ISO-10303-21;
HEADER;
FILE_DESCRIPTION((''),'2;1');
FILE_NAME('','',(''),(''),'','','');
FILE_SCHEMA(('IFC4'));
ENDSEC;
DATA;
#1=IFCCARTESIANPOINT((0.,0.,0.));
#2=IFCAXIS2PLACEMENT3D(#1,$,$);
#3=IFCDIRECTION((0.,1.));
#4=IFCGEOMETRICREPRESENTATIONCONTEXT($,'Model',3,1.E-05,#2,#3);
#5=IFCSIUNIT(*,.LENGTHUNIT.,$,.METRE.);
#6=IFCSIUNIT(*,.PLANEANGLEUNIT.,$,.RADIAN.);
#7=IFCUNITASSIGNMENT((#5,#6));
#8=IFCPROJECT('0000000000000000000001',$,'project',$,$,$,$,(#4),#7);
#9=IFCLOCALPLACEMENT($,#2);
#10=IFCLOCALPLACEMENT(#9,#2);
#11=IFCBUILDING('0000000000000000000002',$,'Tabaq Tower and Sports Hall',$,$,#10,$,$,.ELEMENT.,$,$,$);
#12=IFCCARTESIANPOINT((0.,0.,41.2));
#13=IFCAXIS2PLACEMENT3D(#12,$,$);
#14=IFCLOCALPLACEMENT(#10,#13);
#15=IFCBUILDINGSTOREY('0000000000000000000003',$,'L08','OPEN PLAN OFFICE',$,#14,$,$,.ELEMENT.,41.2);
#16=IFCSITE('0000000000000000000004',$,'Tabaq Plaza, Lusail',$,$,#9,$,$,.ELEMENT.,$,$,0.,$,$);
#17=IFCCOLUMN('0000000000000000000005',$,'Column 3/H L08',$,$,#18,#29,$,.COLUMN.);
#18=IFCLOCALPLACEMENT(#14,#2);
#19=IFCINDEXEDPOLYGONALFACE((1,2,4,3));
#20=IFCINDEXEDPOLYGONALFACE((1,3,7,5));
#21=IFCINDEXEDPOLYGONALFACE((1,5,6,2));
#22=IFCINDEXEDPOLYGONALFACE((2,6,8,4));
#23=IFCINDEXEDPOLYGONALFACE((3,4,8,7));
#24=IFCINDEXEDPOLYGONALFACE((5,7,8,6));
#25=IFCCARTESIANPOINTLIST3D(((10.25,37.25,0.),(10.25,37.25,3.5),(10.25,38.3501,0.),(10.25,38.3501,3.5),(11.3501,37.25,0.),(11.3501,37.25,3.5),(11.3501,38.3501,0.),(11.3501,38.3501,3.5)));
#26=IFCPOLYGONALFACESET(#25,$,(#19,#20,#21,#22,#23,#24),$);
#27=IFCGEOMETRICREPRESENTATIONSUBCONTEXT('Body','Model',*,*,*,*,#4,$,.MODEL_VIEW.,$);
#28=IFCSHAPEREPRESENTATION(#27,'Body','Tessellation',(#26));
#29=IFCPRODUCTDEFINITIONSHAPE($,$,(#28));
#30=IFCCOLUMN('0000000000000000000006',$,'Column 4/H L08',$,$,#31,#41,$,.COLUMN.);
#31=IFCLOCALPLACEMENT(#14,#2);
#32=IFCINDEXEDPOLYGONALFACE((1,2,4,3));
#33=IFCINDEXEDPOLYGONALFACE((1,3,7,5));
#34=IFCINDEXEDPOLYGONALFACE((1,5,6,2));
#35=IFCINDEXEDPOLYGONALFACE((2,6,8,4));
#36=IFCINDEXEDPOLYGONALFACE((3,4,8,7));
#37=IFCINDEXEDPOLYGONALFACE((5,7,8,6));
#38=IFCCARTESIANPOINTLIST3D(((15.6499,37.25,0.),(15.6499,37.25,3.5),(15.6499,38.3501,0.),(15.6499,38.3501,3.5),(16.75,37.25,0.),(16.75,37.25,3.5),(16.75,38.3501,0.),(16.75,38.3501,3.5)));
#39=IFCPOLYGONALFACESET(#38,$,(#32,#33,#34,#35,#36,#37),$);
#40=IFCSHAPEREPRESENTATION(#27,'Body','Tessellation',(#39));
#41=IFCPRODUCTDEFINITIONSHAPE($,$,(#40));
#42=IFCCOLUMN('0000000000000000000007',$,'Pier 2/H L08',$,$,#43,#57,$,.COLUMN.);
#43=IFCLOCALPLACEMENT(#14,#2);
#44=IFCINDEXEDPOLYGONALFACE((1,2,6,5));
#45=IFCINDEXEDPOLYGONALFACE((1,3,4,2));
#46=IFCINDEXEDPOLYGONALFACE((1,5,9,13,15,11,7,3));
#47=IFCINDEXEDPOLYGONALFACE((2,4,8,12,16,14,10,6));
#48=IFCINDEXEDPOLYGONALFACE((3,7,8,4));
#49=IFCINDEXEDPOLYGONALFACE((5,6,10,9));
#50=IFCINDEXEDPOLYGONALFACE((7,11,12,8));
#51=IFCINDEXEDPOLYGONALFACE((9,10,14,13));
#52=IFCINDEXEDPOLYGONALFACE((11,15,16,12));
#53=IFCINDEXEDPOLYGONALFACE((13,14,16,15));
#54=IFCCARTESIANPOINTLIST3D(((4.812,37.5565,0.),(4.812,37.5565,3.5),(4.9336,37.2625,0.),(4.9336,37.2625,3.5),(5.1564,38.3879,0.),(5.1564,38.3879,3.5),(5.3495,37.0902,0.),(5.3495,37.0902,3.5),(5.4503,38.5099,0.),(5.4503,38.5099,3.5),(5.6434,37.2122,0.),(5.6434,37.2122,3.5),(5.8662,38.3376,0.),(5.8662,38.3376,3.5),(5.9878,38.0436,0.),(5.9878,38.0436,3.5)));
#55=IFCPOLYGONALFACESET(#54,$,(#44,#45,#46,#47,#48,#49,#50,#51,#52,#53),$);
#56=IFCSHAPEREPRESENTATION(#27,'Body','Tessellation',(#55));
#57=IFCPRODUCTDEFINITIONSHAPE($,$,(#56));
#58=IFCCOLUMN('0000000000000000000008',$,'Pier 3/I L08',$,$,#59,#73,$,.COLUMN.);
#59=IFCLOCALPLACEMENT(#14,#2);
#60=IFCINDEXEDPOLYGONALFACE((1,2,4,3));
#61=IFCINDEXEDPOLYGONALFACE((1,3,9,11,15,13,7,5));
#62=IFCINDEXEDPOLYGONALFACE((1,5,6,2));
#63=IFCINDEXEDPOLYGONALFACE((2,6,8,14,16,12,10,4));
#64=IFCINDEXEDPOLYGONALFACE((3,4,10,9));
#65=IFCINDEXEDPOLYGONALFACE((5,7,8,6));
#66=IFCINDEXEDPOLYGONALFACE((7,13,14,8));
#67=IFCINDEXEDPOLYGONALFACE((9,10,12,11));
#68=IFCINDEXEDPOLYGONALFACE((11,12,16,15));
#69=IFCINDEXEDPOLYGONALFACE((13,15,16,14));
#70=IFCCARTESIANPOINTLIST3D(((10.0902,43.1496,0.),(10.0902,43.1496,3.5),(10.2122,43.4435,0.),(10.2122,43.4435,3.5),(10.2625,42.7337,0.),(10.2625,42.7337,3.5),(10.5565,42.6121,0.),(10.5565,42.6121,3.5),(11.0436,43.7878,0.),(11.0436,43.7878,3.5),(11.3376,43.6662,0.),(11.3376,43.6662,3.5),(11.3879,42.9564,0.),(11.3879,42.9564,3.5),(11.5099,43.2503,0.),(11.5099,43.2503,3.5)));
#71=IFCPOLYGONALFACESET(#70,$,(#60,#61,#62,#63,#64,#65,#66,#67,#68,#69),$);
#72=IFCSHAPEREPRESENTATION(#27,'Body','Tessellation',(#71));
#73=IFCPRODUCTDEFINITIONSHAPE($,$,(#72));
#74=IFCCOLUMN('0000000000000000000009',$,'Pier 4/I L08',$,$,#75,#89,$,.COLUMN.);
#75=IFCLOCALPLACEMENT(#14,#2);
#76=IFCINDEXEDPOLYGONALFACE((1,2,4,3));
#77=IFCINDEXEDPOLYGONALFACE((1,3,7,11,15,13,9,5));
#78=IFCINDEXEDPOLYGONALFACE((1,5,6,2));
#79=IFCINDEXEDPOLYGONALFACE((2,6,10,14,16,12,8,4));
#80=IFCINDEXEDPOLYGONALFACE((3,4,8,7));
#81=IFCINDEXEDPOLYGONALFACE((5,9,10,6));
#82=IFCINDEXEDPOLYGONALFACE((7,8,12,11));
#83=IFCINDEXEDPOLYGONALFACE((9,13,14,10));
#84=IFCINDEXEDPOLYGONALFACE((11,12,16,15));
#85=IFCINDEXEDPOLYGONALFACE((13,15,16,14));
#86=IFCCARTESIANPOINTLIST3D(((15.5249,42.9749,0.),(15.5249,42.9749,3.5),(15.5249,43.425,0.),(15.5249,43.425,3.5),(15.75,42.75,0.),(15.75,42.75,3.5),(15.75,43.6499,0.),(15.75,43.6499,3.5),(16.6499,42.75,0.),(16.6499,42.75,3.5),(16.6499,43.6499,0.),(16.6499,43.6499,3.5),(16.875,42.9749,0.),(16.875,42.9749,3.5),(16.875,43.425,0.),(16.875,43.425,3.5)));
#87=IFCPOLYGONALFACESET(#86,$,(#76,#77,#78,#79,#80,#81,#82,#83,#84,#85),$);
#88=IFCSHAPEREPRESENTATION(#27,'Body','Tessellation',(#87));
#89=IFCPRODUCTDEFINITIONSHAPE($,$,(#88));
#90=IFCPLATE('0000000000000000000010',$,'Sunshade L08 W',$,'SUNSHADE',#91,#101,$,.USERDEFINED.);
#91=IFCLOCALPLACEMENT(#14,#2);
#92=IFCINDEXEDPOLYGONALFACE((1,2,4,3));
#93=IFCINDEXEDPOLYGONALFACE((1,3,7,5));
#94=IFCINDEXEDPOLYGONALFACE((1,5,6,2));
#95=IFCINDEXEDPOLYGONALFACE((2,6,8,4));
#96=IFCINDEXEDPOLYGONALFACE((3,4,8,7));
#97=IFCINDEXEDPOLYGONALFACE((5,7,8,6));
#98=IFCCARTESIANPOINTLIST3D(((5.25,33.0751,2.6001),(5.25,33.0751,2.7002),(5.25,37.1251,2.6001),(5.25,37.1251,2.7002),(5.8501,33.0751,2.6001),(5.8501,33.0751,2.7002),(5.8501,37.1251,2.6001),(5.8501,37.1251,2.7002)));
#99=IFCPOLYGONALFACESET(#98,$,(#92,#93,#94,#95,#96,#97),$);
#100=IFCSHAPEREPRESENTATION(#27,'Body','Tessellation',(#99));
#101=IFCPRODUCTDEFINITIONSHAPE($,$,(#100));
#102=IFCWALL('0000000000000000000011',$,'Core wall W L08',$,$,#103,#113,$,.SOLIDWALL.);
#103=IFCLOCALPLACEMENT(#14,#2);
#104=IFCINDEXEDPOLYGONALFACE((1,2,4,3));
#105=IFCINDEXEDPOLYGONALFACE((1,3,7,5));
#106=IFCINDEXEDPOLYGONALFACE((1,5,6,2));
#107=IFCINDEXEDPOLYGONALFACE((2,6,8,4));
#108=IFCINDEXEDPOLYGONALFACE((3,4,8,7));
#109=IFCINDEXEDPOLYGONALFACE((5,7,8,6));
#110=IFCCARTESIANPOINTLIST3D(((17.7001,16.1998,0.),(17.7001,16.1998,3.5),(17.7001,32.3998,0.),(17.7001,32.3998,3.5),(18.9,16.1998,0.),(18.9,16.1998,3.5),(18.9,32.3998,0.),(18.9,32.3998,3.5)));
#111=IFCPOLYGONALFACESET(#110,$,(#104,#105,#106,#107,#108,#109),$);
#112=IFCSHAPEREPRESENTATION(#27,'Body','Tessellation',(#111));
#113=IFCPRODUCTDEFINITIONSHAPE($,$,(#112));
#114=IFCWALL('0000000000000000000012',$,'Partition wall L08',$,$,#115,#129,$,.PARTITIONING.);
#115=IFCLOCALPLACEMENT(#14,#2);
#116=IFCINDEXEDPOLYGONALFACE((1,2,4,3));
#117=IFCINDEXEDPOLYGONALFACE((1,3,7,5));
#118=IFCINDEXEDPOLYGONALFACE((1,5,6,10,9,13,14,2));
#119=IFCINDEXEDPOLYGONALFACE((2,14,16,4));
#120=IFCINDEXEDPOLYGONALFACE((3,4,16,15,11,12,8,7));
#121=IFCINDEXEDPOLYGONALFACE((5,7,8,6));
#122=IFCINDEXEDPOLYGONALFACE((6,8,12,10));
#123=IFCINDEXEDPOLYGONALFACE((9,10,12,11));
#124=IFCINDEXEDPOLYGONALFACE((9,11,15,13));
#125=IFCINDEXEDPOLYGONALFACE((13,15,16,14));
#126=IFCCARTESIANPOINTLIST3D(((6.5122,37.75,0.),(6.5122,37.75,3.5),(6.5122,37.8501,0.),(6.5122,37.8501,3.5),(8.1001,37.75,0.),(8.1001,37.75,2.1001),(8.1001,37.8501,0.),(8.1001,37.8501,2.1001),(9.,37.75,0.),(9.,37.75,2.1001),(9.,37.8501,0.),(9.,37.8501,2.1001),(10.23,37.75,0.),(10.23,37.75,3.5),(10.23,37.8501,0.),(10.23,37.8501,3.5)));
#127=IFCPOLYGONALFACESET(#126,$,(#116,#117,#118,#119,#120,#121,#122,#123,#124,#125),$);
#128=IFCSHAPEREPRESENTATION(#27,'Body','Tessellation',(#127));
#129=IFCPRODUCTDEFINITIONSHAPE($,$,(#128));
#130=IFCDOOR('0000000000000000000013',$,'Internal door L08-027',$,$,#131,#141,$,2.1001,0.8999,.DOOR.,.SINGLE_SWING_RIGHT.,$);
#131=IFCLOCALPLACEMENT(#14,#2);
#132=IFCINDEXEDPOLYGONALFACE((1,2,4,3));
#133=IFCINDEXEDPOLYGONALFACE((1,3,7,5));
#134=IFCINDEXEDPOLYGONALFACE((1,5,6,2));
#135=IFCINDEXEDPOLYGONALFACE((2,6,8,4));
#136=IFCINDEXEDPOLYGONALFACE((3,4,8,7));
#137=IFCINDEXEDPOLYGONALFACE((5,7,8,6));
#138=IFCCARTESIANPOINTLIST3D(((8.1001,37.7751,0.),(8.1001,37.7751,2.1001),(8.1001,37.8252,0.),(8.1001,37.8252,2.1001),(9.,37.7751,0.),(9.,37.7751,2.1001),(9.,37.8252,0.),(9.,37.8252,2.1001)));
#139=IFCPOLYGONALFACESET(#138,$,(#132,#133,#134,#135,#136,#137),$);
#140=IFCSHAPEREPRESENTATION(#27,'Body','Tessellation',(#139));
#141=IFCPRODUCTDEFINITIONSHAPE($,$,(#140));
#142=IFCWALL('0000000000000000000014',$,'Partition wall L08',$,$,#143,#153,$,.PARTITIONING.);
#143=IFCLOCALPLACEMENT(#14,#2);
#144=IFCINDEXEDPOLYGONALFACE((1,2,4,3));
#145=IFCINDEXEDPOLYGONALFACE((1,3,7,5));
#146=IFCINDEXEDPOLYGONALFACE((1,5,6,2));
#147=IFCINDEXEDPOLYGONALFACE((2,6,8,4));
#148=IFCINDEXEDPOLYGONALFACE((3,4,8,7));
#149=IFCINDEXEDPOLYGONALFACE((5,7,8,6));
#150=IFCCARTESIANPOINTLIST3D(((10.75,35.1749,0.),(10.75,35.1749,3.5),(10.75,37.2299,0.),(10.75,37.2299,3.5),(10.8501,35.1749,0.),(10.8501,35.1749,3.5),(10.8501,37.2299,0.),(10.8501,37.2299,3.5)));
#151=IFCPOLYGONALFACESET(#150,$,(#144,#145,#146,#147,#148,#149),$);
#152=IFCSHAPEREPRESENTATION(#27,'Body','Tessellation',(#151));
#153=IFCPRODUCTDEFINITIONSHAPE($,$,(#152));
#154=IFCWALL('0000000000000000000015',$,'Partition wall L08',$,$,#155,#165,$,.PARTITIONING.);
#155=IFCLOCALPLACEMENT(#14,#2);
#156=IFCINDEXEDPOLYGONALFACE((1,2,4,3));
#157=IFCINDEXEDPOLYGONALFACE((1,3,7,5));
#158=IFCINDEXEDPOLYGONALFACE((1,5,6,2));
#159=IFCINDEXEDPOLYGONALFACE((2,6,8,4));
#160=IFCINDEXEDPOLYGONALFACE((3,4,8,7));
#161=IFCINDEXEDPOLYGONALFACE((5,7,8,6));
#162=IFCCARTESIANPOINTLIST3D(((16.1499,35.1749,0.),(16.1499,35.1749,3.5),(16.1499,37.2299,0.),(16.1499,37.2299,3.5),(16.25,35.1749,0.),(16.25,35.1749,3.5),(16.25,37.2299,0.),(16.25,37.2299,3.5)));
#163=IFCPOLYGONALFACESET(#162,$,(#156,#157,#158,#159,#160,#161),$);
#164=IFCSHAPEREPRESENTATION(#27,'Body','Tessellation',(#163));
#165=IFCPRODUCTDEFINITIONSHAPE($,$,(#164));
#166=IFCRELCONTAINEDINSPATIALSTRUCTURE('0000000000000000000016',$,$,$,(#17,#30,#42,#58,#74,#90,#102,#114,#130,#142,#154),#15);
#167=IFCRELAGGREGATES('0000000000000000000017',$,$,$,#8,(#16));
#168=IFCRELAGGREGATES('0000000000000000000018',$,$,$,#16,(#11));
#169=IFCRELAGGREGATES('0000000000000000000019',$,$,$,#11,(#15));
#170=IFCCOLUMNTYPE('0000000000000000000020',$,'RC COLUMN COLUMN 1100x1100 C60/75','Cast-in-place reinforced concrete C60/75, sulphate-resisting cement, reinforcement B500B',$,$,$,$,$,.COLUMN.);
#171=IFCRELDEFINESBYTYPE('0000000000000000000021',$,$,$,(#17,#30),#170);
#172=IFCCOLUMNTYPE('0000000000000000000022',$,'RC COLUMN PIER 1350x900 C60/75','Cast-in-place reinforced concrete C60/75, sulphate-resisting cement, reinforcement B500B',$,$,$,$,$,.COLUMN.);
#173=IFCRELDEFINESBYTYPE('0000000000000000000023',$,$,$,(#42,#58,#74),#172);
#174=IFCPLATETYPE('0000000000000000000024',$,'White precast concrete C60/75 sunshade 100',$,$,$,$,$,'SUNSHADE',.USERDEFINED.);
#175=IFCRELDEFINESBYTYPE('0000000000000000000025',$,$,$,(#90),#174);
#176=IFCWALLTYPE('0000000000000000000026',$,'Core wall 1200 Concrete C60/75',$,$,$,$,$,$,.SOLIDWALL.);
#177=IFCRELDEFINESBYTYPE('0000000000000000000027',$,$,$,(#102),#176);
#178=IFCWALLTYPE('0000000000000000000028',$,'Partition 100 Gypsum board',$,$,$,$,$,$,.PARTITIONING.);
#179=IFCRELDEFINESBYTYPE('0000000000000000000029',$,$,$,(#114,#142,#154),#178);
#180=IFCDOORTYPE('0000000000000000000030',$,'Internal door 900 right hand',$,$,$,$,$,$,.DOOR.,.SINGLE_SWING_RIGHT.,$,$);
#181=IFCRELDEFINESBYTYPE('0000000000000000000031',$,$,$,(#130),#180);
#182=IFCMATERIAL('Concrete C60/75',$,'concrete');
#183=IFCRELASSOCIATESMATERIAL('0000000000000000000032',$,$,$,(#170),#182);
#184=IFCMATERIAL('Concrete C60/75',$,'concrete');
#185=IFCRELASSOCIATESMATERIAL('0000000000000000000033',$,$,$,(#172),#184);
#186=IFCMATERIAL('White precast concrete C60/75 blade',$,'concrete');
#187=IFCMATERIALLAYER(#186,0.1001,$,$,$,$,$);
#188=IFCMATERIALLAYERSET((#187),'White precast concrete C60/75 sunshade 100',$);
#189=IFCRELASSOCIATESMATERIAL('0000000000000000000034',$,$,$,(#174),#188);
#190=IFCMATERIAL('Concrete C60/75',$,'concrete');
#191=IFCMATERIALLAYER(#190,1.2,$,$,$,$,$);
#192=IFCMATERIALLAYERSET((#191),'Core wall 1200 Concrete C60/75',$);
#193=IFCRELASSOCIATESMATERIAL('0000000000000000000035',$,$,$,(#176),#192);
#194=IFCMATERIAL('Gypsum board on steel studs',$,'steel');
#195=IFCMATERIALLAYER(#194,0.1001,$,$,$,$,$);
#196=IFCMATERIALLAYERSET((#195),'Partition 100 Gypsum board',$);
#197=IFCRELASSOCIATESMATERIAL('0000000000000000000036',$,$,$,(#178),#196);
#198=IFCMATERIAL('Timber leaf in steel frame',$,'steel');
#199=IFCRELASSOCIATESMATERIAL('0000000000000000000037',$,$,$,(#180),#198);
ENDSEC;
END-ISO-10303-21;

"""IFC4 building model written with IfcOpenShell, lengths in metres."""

from ifc_helpers import new_model, si_unit, direction, frame, frame_2d, origin, origin_2d, place, context, subcontext, project, spatial, polyline, rectangle, outline, extrude, material, layer, layer_set, material_profile, profile_set, type_object, element, fill, save


model = new_model("IFC4")

# Units and contexts
model_context = context("Model", 3, precision=1e-05, world=origin(), true_north=direction((0.0, 1.0)))
body_context = subcontext(model_context, "Body", "Model", "MODEL_VIEW")
ifc_project = project(units=[si_unit("LENGTHUNIT", "METRE"), si_unit("PLANEANGLEUNIT", "RADIAN")], contexts=[model_context])

# Site, building, storey
site_placement = place(None, origin())
site = spatial("IfcSite", under=ifc_project, at=site_placement, Name="Tabaq Plaza, Lusail", CompositionType="ELEMENT", RefElevation=0.0)
building_placement = place(site_placement, origin())
building = spatial("IfcBuilding", under=site, at=building_placement, Name="Tabaq Tower and Sports Hall", CompositionType="ELEMENT")
storey_placement = place(building_placement, frame((0.0, 0.0, 41.2)))
storey = spatial("IfcBuildingStorey", under=building, at=storey_placement, Name="L08", Description="OPEN PLAN OFFICE", CompositionType="ELEMENT", Elevation=41.2)

# Columns
ifc_material_1 = material(Name="Concrete C60/75", Category="concrete")
ifc_material_profile_1 = material_profile(ifc_material_1, rectangle(XDim=1.1001, YDim=1.1001, at=origin_2d()), Name="COLUMN 1100x1100")
ifc_profile_set_1 = profile_set([ifc_material_profile_1], Name="Concrete C60/75")
column_type_1 = type_object("IfcColumnType", Name="RC COLUMN COLUMN 1100x1100 C60/75", Description="Cast-in-place reinforced concrete C60/75, sulphate-resisting cement, reinforcement B500B", PredefinedType="COLUMN", material=ifc_profile_set_1)
for number, where, z_axis, x_axis, name in (
    (1, (10.8, 37.8, 0.0), (0.0, 0.0, 1.0), (1.0, 0.0, 0.0), "Column 3/H L08"),
    (2, (16.2, 37.8, 0.0), (0.0, 0.0, 1.0), (1.0, 0.0, 0.0), "Column 4/H L08"),
):
    element("IfcColumn", number, at=place(storey_placement, frame(where, z_axis=z_axis, x_axis=x_axis)), inside=storey, type_object=column_type_1, Name=name, PredefinedType="COLUMN", context=body_context, shape_type="SweptSolid", body=[
        extrude(rectangle(XDim=1.1001, YDim=1.1001, at=origin_2d()), origin(), (0.0, 0.0, 1.0), 3.5),
    ])
ifc_material_2 = material(Name="Concrete C60/75", Category="concrete")
ifc_material_profile_2 = material_profile(ifc_material_2, outline(polyline([(-0.45, -0.45), (0.45, -0.45), (0.675, -0.2251), (0.675, 0.2251), (0.45, 0.45), (-0.45, 0.45), (-0.675, 0.2251), (-0.675, -0.2251), (-0.45, -0.45)])), Name="PIER 1350x900")
ifc_profile_set_2 = profile_set([ifc_material_profile_2], Name="Concrete C60/75")
column_type_2 = type_object("IfcColumnType", Name="RC COLUMN PIER 1350x900 C60/75", Description="Cast-in-place reinforced concrete C60/75, sulphate-resisting cement, reinforcement B500B", PredefinedType="COLUMN", material=ifc_profile_set_2)
for number, where, z_axis, x_axis, name in (
    (3, (5.3999, 37.8, 0.0), (0.0, 0.0, 1.0), (0.382683, 0.92388, 0.0), "Pier 2/H L08"),
    (4, (10.8, 43.2, 0.0), (0.0, 0.0, 1.0), (0.92388, 0.382683, 0.0), "Pier 3/I L08"),
    (5, (16.2, 43.2, 0.0), (0.0, 0.0, 1.0), (1.0, 0.0, 0.0), "Pier 4/I L08"),
):
    element("IfcColumn", number, at=place(storey_placement, frame(where, z_axis=z_axis, x_axis=x_axis)), inside=storey, type_object=column_type_2, Name=name, PredefinedType="COLUMN", context=body_context, shape_type="SweptSolid", body=[
        extrude(outline(polyline([(-0.45, -0.45), (0.45, -0.45), (0.675, -0.2251), (0.675, 0.2251), (0.45, 0.45), (-0.45, 0.45), (-0.675, 0.2251), (-0.675, -0.2251), (-0.45, -0.45)])), origin(), (0.0, 0.0, 1.0), 3.5),
    ])

# Plate
ifc_material_3 = material(Name="White precast concrete C60/75 blade", Category="concrete")
ifc_layer_1 = layer(ifc_material_3, 0.1001)
ifc_layer_set_1 = layer_set([ifc_layer_1], Name="White precast concrete C60/75 sunshade 100")
plate_type = type_object("IfcPlateType", Name="White precast concrete C60/75 sunshade 100", ElementType="SUNSHADE", PredefinedType="USERDEFINED", material=ifc_layer_set_1)
plate_placement = place(storey_placement, frame((5.55, 35.1001, 2.6001), z_axis=(0.0, 0.0, 1.0), x_axis=(0.0, -1.0, 0.0)))
element("IfcPlate", 6, at=plate_placement, inside=storey, type_object=plate_type, Name="Sunshade L08 W", ObjectType="SUNSHADE", PredefinedType="USERDEFINED", context=body_context, shape_type="SweptSolid", body=[
    extrude(rectangle(XDim=4.05, YDim=0.6001, at=origin_2d()), origin(), (0.0, 0.0, 1.0), 0.1001),
])

# Wall
ifc_material_4 = material(Name="Concrete C60/75", Category="concrete")
ifc_layer_2 = layer(ifc_material_4, 1.2)
ifc_layer_set_2 = layer_set([ifc_layer_2], Name="Core wall 1200 Concrete C60/75")
wall_type_1 = type_object("IfcWallType", Name="Core wall 1200 Concrete C60/75", PredefinedType="SOLIDWALL", material=ifc_layer_set_2)
wall_1_placement = place(storey_placement, frame((18.3, 32.3999, 0.0), z_axis=(0.0, 0.0, 1.0), x_axis=(0.0, -1.0, 0.0)))
element("IfcWall", 7, at=wall_1_placement, inside=storey, type_object=wall_type_1, Name="Core wall W L08", PredefinedType="SOLIDWALL", context=body_context, shape_type="SweptSolid", body=[
    extrude(rectangle(XDim=16.2, YDim=1.2, at=frame_2d((8.1001, 0.0))), origin(), (0.0, 0.0, 1.0), 3.5),
])

# Wall, opening, door
ifc_material_5 = material(Name="Gypsum board on steel studs", Category="steel")
ifc_layer_3 = layer(ifc_material_5, 0.1001)
ifc_layer_set_3 = layer_set([ifc_layer_3], Name="Partition 100 Gypsum board")
wall_type_2 = type_object("IfcWallType", Name="Partition 100 Gypsum board", PredefinedType="PARTITIONING", material=ifc_layer_set_3)
wall_2_placement = place(storey_placement, frame((10.23, 37.8, 0.0), z_axis=(0.0, 0.0, 1.0), x_axis=(-1.0, 0.0, 0.0)))
wall_2 = element("IfcWall", 8, at=wall_2_placement, inside=storey, type_object=wall_type_2, Name="Partition wall L08", PredefinedType="PARTITIONING", context=body_context, shape_type="SweptSolid", body=[
    extrude(rectangle(XDim=3.7178, YDim=0.1001, at=frame_2d((1.8589, 0.0))), origin(), (0.0, 0.0, 1.0), 3.5),
])
opening_1_placement = place(wall_2_placement, frame((1.23, 0.0, 0.0)))
opening_1 = element("IfcOpeningElement", 9, at=opening_1_placement, cuts=wall_2, PredefinedType="OPENING", context=body_context, shape_type="SweptSolid", body=[
    extrude(rectangle(XDim=0.8999, YDim=2.1001, at=frame_2d((0.45, 1.05))), frame((0.0, 0.05, 0.0), z_axis=(0.0, -1.0, 0.0), x_axis=(1.0, 0.0, 0.0)), (0.0, 0.0, 1.0), 0.1001),
])
ifc_material_6 = material(Name="Timber leaf in steel frame", Category="steel")
door_type_1 = type_object("IfcDoorType", Name="Internal door 900 right hand", OperationType="SINGLE_SWING_RIGHT", PredefinedType="DOOR", material=ifc_material_6)
door_1_placement = place(opening_1_placement, origin())
door_1 = element("IfcDoor", 10, at=door_1_placement, inside=storey, type_object=door_type_1, Name="Internal door L08-027", OperationType="SINGLE_SWING_RIGHT", OverallHeight=2.1001, OverallWidth=0.8999, PredefinedType="DOOR", context=body_context, shape_type="SweptSolid", body=[
    extrude(rectangle(XDim=0.8999, YDim=2.1001, at=frame_2d((0.45, 1.05))), frame((0.0, 0.0249, 0.0), z_axis=(0.0, -1.0, 0.0), x_axis=(1.0, 0.0, 0.0)), (0.0, 0.0, 1.0), 0.05),
])
fill(opening_1, door_1)

# Walls
for number, where, z_axis, x_axis, name in (
    (11, (10.8, 35.175, 0.0), (0.0, 0.0, 1.0), (0.0, 1.0, 0.0), "Partition wall L08"),
    (12, (16.2, 35.175, 0.0), (0.0, 0.0, 1.0), (0.0, 1.0, 0.0), "Partition wall L08"),
):
    element("IfcWall", number, at=place(storey_placement, frame(where, z_axis=z_axis, x_axis=x_axis)), inside=storey, type_object=wall_type_2, Name=name, PredefinedType="PARTITIONING", context=body_context, shape_type="SweptSolid", body=[
        extrude(rectangle(XDim=2.0549, YDim=0.1001, at=frame_2d((1.0273, 0.0))), origin(), (0.0, 0.0, 1.0), 3.5),
    ])

save(model, "model.ifc")
